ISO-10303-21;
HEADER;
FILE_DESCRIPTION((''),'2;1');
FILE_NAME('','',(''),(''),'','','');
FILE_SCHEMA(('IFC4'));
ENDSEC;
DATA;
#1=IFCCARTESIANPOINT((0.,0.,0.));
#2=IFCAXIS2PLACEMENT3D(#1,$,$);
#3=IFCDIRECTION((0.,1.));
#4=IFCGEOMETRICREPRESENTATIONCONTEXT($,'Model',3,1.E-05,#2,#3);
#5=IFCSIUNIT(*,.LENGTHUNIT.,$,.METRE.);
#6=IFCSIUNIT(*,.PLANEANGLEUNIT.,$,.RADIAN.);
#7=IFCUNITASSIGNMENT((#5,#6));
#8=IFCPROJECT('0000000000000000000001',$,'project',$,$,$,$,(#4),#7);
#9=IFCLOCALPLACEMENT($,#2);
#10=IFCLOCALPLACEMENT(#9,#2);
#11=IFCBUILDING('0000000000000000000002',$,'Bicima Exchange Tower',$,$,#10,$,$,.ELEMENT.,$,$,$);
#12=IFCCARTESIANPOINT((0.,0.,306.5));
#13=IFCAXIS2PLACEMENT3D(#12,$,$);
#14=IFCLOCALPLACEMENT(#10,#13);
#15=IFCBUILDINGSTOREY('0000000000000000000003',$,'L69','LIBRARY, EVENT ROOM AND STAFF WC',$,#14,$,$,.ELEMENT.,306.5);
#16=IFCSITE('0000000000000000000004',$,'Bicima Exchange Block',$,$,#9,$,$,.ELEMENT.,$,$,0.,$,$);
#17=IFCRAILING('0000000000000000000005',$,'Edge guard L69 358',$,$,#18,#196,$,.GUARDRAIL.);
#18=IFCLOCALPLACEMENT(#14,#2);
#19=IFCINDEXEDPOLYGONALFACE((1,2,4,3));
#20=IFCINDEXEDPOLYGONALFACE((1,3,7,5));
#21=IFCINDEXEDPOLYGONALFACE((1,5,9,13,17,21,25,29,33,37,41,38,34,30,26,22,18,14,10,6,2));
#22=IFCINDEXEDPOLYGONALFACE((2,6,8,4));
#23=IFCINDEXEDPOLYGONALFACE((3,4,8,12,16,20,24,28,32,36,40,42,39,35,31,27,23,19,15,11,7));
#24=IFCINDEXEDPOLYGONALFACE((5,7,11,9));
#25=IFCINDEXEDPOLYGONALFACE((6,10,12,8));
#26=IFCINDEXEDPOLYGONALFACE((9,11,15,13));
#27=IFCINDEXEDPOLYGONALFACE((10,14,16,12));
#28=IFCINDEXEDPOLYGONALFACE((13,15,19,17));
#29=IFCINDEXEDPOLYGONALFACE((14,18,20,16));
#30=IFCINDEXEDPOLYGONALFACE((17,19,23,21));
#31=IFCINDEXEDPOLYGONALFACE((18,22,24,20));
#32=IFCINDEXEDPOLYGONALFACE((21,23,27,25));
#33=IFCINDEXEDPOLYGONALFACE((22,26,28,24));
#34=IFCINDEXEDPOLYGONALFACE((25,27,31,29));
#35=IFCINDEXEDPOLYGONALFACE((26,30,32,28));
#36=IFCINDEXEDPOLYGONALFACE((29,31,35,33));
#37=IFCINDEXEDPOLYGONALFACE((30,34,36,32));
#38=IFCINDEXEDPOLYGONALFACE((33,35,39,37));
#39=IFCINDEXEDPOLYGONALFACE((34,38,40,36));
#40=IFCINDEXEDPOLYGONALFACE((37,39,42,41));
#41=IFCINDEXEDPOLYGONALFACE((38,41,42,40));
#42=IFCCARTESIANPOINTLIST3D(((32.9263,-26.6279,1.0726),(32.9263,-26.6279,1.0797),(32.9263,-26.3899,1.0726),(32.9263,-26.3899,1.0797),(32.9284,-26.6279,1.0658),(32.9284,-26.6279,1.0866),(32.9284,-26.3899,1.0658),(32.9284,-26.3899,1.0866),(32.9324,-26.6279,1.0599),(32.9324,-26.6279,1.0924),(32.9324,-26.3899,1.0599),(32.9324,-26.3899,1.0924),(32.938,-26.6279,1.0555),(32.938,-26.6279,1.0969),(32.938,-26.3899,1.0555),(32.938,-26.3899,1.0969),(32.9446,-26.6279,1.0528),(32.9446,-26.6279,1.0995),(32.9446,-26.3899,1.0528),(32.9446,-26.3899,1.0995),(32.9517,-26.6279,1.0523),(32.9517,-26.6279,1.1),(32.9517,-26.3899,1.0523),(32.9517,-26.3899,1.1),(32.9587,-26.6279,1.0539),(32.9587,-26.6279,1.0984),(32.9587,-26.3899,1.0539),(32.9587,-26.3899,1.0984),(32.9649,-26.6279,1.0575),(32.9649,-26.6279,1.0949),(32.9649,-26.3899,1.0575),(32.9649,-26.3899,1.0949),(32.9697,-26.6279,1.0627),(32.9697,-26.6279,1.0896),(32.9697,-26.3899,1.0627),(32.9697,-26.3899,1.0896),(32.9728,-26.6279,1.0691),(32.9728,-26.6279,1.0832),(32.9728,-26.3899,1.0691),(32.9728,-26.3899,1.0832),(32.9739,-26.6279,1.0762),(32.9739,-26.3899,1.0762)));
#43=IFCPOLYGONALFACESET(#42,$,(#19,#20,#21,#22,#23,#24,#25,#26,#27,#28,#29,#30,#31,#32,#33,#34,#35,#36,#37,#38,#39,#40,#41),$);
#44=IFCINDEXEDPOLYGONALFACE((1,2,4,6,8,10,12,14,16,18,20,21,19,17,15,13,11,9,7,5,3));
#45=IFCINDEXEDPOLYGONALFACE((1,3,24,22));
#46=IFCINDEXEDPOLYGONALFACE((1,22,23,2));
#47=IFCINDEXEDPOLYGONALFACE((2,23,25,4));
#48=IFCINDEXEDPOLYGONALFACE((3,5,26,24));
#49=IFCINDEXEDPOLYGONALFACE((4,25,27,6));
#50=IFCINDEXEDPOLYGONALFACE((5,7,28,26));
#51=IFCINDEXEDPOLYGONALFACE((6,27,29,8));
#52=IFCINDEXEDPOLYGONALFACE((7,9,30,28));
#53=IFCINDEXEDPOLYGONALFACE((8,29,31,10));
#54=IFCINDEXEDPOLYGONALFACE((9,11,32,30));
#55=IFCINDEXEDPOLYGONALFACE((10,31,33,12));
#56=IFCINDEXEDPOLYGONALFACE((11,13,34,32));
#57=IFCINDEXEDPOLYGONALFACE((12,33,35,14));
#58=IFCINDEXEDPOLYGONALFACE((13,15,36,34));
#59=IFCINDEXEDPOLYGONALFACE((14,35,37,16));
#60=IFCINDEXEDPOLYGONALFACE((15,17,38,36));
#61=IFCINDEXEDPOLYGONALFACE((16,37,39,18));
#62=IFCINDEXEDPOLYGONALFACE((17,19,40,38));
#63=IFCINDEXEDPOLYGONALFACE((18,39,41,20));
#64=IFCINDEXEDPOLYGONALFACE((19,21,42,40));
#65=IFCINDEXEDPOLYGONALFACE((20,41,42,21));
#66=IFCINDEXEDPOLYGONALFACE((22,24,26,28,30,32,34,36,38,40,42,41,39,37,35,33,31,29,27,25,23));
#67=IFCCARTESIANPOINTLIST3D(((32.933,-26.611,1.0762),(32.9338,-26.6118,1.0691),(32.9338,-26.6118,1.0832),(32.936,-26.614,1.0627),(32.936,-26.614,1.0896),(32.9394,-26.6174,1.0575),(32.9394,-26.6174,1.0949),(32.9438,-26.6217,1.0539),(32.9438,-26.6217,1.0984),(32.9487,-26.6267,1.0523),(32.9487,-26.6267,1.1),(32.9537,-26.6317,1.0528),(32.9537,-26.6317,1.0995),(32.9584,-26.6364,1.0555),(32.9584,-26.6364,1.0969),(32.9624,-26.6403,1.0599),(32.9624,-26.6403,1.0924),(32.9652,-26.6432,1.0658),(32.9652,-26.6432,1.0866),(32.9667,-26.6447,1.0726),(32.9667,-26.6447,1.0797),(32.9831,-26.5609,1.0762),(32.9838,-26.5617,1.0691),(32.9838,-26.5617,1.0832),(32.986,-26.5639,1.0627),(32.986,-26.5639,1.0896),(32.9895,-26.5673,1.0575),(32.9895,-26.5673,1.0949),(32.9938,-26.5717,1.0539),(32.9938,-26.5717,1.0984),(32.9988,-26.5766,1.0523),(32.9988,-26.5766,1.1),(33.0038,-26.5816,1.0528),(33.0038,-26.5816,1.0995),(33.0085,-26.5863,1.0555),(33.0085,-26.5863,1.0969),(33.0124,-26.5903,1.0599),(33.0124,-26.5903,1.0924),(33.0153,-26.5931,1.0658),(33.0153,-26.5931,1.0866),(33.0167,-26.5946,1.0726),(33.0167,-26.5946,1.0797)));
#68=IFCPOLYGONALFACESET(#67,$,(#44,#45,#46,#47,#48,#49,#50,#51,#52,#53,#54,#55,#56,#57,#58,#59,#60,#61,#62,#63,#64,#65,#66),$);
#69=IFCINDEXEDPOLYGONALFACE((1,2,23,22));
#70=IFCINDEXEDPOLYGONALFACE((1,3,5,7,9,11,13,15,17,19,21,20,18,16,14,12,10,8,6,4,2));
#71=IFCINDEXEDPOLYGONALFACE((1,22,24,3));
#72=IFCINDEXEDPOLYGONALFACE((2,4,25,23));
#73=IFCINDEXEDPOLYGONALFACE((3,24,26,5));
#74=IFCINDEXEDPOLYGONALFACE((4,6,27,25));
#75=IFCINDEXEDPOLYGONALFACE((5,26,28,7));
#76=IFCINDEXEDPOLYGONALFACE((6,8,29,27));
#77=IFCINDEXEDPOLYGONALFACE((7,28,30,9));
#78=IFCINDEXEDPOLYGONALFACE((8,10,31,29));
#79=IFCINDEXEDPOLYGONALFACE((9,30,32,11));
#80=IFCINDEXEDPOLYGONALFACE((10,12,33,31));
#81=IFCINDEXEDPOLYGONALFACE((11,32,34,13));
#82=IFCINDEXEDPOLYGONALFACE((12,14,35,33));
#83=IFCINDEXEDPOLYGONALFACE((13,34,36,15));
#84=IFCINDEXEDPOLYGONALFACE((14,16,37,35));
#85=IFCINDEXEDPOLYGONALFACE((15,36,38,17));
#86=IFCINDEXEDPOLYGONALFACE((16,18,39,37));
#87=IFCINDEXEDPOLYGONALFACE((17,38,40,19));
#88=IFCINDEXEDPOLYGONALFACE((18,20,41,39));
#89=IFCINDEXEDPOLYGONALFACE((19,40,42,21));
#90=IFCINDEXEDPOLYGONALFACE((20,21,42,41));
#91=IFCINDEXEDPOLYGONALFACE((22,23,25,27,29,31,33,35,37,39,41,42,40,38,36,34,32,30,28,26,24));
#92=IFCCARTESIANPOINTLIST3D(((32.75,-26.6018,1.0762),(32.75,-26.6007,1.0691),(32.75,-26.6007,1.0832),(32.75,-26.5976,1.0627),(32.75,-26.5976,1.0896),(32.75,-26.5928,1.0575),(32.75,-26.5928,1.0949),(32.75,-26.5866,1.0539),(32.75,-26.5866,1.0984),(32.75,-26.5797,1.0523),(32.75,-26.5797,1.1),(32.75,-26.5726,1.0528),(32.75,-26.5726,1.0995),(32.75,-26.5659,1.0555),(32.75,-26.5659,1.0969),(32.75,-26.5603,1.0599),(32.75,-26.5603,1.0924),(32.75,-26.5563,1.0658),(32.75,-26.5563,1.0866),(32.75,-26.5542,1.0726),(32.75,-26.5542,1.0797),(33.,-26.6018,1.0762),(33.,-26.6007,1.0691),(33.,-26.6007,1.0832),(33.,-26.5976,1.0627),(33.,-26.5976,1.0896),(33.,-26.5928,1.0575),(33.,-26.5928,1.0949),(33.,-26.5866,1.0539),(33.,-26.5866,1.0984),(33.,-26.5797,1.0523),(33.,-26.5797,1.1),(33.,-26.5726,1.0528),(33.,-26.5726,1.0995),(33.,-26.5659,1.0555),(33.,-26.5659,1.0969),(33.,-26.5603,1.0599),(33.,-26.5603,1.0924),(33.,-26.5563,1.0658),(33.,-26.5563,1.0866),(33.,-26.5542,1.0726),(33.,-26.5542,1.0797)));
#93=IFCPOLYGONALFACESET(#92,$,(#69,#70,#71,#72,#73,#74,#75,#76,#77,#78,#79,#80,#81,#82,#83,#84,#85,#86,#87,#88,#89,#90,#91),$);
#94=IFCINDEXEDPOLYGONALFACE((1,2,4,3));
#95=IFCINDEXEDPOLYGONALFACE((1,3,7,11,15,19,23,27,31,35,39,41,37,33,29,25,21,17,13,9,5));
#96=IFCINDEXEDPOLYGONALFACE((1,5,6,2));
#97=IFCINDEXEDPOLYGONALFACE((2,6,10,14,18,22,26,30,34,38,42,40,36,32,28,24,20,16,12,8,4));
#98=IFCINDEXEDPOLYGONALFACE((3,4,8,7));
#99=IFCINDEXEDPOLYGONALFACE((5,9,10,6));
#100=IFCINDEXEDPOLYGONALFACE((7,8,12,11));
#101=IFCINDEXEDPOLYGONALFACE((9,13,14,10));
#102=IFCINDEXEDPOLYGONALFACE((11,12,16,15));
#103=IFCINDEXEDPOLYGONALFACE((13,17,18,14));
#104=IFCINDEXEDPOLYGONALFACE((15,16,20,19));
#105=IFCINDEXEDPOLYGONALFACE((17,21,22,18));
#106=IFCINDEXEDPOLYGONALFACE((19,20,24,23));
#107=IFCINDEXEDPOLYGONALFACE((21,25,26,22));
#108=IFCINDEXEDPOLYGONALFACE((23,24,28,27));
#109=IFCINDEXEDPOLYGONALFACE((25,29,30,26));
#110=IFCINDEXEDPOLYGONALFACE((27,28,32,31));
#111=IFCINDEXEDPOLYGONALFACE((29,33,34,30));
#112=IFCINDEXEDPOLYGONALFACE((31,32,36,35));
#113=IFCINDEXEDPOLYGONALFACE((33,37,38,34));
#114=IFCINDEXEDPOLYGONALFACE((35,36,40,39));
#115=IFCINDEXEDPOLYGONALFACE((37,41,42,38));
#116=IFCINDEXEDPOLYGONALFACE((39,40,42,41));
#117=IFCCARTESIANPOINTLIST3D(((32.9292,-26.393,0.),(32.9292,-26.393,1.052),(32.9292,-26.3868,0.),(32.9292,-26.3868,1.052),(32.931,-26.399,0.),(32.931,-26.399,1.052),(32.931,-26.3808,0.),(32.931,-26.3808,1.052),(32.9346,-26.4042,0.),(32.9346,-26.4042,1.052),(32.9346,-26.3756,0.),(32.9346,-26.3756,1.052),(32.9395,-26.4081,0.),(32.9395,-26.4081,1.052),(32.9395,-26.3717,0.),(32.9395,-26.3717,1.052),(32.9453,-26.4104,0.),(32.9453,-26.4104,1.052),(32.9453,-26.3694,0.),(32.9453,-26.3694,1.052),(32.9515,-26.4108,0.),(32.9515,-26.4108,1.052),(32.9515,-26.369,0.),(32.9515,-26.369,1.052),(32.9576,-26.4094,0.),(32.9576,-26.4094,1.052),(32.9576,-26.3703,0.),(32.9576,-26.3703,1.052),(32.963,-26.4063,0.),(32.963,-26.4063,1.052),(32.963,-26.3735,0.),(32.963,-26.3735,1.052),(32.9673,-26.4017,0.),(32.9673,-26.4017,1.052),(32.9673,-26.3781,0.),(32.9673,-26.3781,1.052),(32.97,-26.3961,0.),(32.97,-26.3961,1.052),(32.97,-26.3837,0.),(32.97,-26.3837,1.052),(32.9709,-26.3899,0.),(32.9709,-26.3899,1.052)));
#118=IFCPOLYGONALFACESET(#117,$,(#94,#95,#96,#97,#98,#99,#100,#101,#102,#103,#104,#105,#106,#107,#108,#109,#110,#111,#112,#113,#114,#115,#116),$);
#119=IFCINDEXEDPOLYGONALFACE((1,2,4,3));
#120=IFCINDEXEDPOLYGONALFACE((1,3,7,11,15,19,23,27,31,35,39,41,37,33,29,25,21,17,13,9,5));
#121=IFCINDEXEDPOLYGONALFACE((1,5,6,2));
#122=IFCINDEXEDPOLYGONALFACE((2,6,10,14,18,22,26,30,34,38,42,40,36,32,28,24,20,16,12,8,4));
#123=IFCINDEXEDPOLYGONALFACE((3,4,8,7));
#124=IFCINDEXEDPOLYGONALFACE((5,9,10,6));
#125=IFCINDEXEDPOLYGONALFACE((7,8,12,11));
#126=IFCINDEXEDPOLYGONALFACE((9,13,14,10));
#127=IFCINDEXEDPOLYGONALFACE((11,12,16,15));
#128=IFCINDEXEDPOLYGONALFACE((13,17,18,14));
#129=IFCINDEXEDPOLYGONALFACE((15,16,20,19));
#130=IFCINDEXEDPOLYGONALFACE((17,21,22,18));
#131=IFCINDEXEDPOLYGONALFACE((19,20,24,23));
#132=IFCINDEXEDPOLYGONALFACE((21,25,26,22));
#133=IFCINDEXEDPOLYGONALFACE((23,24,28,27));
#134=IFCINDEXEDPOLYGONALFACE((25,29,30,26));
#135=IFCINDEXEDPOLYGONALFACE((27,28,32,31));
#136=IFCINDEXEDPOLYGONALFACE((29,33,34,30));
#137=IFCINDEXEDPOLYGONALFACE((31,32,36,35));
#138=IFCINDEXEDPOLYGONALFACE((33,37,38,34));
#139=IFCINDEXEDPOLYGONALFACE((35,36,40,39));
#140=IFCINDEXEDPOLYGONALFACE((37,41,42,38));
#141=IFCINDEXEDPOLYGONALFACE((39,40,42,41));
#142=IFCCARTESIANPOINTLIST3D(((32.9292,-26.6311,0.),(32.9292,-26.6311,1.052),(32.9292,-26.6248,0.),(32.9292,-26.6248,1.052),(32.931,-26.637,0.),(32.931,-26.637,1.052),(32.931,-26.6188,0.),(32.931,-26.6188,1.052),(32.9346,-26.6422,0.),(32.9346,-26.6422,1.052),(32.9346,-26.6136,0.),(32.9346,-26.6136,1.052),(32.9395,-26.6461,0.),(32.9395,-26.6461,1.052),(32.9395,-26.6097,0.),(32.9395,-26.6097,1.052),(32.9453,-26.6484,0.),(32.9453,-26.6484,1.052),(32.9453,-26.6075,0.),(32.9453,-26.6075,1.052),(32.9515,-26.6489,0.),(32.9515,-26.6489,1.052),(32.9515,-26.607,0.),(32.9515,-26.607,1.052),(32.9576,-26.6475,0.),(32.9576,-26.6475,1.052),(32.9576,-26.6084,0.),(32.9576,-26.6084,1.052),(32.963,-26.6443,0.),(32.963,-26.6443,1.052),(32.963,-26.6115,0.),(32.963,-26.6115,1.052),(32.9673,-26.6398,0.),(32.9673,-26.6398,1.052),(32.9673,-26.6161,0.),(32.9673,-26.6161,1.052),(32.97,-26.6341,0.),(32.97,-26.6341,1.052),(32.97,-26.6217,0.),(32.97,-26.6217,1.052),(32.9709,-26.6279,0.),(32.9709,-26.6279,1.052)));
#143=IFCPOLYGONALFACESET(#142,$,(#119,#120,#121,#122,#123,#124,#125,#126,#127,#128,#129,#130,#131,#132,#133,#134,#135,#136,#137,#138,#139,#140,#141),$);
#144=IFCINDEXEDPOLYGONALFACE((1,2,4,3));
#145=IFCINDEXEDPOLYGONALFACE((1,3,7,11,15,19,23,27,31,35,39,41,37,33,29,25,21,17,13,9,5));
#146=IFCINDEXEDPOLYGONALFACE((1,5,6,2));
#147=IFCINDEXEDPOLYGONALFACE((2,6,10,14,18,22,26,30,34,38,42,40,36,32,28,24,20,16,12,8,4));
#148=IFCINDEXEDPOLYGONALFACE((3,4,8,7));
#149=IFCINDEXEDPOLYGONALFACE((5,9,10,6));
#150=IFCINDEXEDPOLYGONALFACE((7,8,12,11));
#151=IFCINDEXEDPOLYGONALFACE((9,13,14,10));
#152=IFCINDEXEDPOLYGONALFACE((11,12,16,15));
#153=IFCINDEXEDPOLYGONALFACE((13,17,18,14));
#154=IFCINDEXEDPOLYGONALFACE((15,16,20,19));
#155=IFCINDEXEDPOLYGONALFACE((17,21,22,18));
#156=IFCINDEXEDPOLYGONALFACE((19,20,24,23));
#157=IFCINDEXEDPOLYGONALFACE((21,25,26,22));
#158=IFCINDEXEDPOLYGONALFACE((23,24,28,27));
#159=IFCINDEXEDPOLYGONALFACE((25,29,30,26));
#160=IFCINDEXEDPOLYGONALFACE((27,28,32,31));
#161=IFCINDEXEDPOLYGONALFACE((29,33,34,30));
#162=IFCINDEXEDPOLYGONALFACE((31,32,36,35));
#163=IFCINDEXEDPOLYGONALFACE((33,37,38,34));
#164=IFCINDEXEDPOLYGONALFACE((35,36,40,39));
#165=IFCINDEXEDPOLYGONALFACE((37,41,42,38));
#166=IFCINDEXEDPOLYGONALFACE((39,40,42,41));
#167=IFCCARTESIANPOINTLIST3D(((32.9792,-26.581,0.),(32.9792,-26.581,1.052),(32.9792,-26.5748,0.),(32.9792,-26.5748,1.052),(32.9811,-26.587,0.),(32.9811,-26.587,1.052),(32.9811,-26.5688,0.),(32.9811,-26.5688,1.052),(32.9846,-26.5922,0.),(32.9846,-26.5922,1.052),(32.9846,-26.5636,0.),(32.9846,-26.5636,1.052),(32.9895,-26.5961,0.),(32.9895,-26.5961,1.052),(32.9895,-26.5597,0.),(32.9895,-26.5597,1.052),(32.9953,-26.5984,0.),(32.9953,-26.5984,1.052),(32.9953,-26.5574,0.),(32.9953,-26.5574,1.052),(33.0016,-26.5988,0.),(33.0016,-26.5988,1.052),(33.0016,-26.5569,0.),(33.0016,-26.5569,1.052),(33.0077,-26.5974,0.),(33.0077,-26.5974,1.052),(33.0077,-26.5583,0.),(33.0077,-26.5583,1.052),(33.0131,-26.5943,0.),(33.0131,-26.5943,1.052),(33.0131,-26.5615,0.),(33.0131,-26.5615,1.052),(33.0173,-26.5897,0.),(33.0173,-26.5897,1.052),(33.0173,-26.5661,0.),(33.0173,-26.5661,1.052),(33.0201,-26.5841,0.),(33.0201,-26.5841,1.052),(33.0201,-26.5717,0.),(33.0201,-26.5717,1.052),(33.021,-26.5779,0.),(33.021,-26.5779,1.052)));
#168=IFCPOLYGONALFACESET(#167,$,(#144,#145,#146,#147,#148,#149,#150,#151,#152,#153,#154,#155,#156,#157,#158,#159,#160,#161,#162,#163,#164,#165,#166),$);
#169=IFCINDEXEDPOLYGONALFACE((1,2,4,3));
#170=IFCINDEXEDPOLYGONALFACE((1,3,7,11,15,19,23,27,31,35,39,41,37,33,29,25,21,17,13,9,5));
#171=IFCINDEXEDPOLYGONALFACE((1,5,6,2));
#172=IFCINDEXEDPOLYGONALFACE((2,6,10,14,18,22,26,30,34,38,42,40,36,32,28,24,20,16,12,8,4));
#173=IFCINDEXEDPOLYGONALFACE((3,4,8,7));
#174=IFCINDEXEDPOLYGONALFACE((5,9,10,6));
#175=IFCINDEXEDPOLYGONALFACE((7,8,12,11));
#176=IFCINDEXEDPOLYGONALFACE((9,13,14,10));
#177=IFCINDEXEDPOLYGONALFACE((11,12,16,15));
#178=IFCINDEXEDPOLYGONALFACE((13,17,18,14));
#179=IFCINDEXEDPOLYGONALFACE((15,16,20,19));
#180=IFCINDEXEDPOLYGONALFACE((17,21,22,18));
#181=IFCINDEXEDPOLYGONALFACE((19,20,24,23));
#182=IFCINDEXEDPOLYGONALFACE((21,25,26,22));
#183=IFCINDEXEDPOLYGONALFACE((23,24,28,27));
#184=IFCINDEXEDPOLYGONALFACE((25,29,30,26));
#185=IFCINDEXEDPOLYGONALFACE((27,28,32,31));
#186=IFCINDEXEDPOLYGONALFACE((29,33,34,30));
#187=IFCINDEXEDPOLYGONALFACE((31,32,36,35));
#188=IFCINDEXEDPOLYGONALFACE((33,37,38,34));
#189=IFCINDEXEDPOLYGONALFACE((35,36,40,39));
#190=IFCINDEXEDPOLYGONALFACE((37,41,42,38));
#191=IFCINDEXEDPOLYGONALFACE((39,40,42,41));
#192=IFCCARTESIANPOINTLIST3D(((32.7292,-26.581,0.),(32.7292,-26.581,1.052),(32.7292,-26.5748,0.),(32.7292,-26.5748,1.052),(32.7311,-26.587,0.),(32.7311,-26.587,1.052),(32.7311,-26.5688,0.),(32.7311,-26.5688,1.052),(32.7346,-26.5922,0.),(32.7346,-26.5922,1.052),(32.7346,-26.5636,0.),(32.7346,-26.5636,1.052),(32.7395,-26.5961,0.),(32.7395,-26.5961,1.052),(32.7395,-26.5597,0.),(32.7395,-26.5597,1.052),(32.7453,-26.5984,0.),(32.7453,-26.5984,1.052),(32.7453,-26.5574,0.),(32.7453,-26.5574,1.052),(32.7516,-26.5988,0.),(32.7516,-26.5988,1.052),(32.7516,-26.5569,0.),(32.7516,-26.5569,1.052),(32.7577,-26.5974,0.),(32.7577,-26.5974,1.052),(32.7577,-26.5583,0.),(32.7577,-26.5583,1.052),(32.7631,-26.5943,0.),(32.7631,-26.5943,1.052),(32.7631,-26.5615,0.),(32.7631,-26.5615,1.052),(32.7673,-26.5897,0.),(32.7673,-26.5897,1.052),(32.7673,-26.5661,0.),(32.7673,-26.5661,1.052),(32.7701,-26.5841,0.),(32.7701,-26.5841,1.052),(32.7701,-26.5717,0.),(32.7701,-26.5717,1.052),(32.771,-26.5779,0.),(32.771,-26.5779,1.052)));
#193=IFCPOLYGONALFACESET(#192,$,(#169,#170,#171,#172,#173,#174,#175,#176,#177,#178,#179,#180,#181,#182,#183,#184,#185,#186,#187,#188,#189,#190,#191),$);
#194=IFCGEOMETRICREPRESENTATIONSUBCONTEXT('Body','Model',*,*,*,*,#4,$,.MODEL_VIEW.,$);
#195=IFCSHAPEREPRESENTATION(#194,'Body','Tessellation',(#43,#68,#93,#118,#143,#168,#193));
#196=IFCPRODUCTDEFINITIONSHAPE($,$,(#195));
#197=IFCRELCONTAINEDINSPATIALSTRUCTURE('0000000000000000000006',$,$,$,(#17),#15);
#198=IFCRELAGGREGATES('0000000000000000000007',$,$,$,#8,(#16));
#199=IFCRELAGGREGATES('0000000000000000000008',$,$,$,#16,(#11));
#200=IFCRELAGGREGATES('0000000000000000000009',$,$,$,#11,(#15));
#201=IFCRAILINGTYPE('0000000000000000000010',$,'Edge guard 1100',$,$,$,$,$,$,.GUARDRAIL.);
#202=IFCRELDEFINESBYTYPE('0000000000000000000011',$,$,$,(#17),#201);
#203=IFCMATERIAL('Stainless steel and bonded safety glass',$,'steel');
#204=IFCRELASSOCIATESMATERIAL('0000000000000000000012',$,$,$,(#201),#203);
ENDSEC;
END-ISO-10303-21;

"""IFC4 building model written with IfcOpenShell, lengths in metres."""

from ifc_helpers import new_model, si_unit, direction, frame, origin, origin_2d, place, context, subcontext, project, spatial, circle, extrude, material, type_object, element, save


model = new_model("IFC4")

# Units and contexts
model_context = context("Model", 3, precision=1e-05, world=origin(), true_north=direction((0.0, 1.0)))
body_context = subcontext(model_context, "Body", "Model", "MODEL_VIEW")
ifc_project = project(units=[si_unit("LENGTHUNIT", "METRE"), si_unit("PLANEANGLEUNIT", "RADIAN")], contexts=[model_context])

# Site, building, storey
site_placement = place(None, origin())
site = spatial("IfcSite", under=ifc_project, at=site_placement, Name="Bicima Exchange Block", CompositionType="ELEMENT", RefElevation=0.0)
building_placement = place(site_placement, origin())
building = spatial("IfcBuilding", under=site, at=building_placement, Name="Bicima Exchange Tower", CompositionType="ELEMENT")
storey_placement = place(building_placement, frame((0.0, 0.0, 306.5)))
storey = spatial("IfcBuildingStorey", under=building, at=storey_placement, Name="L69", Description="LIBRARY, EVENT ROOM AND STAFF WC", CompositionType="ELEMENT", Elevation=306.5)

# Railing
ifc_material_1 = material(Name="Stainless steel and bonded safety glass", Category="steel")
railing_type = type_object("IfcRailingType", Name="Edge guard 1100", PredefinedType="GUARDRAIL", material=ifc_material_1)
railing_1_placement = place(storey_placement, frame((32.95, -26.3899, 0.0)))
element("IfcRailing", 1, at=railing_1_placement, inside=storey, type_object=railing_type, Name="Edge guard L69 358", PredefinedType="GUARDRAIL", context=body_context, shape_type="SweptSolid", body=[
    extrude(circle(Radius=0.0239, at=origin_2d()), frame((0.0, 0.0, 1.0762), z_axis=(0.0, -1.0, 0.0), x_axis=(1.0, 0.0, 0.0)), (0.0, 0.0, 1.0), 0.238),
    extrude(circle(Radius=0.0239, at=origin_2d()), frame((0.0, -0.238, 1.0762), z_axis=(0.707107, 0.707107, 0.0), x_axis=(-0.707107, 0.707107, 0.0)), (0.0, 0.0, 1.0), 0.0708),
    extrude(circle(Radius=0.0239, at=origin_2d()), frame((0.05, -0.188, 1.0762), z_axis=(-1.0, 0.0, 0.0), x_axis=(0.0, -1.0, 0.0)), (0.0, 0.0, 1.0), 0.25),
    extrude(circle(Radius=0.021, at=origin_2d()), origin(), (0.0, 0.0, 1.0), 1.052),
    extrude(circle(Radius=0.021, at=origin_2d()), frame((0.0, -0.238, 0.0)), (0.0, 0.0, 1.0), 1.052),
    extrude(circle(Radius=0.021, at=origin_2d()), frame((0.05, -0.188, 0.0)), (0.0, 0.0, 1.0), 1.052),
    extrude(circle(Radius=0.021, at=origin_2d()), frame((-0.2, -0.188, 0.0)), (0.0, 0.0, 1.0), 1.052),
])

save(model, "model.ifc")
